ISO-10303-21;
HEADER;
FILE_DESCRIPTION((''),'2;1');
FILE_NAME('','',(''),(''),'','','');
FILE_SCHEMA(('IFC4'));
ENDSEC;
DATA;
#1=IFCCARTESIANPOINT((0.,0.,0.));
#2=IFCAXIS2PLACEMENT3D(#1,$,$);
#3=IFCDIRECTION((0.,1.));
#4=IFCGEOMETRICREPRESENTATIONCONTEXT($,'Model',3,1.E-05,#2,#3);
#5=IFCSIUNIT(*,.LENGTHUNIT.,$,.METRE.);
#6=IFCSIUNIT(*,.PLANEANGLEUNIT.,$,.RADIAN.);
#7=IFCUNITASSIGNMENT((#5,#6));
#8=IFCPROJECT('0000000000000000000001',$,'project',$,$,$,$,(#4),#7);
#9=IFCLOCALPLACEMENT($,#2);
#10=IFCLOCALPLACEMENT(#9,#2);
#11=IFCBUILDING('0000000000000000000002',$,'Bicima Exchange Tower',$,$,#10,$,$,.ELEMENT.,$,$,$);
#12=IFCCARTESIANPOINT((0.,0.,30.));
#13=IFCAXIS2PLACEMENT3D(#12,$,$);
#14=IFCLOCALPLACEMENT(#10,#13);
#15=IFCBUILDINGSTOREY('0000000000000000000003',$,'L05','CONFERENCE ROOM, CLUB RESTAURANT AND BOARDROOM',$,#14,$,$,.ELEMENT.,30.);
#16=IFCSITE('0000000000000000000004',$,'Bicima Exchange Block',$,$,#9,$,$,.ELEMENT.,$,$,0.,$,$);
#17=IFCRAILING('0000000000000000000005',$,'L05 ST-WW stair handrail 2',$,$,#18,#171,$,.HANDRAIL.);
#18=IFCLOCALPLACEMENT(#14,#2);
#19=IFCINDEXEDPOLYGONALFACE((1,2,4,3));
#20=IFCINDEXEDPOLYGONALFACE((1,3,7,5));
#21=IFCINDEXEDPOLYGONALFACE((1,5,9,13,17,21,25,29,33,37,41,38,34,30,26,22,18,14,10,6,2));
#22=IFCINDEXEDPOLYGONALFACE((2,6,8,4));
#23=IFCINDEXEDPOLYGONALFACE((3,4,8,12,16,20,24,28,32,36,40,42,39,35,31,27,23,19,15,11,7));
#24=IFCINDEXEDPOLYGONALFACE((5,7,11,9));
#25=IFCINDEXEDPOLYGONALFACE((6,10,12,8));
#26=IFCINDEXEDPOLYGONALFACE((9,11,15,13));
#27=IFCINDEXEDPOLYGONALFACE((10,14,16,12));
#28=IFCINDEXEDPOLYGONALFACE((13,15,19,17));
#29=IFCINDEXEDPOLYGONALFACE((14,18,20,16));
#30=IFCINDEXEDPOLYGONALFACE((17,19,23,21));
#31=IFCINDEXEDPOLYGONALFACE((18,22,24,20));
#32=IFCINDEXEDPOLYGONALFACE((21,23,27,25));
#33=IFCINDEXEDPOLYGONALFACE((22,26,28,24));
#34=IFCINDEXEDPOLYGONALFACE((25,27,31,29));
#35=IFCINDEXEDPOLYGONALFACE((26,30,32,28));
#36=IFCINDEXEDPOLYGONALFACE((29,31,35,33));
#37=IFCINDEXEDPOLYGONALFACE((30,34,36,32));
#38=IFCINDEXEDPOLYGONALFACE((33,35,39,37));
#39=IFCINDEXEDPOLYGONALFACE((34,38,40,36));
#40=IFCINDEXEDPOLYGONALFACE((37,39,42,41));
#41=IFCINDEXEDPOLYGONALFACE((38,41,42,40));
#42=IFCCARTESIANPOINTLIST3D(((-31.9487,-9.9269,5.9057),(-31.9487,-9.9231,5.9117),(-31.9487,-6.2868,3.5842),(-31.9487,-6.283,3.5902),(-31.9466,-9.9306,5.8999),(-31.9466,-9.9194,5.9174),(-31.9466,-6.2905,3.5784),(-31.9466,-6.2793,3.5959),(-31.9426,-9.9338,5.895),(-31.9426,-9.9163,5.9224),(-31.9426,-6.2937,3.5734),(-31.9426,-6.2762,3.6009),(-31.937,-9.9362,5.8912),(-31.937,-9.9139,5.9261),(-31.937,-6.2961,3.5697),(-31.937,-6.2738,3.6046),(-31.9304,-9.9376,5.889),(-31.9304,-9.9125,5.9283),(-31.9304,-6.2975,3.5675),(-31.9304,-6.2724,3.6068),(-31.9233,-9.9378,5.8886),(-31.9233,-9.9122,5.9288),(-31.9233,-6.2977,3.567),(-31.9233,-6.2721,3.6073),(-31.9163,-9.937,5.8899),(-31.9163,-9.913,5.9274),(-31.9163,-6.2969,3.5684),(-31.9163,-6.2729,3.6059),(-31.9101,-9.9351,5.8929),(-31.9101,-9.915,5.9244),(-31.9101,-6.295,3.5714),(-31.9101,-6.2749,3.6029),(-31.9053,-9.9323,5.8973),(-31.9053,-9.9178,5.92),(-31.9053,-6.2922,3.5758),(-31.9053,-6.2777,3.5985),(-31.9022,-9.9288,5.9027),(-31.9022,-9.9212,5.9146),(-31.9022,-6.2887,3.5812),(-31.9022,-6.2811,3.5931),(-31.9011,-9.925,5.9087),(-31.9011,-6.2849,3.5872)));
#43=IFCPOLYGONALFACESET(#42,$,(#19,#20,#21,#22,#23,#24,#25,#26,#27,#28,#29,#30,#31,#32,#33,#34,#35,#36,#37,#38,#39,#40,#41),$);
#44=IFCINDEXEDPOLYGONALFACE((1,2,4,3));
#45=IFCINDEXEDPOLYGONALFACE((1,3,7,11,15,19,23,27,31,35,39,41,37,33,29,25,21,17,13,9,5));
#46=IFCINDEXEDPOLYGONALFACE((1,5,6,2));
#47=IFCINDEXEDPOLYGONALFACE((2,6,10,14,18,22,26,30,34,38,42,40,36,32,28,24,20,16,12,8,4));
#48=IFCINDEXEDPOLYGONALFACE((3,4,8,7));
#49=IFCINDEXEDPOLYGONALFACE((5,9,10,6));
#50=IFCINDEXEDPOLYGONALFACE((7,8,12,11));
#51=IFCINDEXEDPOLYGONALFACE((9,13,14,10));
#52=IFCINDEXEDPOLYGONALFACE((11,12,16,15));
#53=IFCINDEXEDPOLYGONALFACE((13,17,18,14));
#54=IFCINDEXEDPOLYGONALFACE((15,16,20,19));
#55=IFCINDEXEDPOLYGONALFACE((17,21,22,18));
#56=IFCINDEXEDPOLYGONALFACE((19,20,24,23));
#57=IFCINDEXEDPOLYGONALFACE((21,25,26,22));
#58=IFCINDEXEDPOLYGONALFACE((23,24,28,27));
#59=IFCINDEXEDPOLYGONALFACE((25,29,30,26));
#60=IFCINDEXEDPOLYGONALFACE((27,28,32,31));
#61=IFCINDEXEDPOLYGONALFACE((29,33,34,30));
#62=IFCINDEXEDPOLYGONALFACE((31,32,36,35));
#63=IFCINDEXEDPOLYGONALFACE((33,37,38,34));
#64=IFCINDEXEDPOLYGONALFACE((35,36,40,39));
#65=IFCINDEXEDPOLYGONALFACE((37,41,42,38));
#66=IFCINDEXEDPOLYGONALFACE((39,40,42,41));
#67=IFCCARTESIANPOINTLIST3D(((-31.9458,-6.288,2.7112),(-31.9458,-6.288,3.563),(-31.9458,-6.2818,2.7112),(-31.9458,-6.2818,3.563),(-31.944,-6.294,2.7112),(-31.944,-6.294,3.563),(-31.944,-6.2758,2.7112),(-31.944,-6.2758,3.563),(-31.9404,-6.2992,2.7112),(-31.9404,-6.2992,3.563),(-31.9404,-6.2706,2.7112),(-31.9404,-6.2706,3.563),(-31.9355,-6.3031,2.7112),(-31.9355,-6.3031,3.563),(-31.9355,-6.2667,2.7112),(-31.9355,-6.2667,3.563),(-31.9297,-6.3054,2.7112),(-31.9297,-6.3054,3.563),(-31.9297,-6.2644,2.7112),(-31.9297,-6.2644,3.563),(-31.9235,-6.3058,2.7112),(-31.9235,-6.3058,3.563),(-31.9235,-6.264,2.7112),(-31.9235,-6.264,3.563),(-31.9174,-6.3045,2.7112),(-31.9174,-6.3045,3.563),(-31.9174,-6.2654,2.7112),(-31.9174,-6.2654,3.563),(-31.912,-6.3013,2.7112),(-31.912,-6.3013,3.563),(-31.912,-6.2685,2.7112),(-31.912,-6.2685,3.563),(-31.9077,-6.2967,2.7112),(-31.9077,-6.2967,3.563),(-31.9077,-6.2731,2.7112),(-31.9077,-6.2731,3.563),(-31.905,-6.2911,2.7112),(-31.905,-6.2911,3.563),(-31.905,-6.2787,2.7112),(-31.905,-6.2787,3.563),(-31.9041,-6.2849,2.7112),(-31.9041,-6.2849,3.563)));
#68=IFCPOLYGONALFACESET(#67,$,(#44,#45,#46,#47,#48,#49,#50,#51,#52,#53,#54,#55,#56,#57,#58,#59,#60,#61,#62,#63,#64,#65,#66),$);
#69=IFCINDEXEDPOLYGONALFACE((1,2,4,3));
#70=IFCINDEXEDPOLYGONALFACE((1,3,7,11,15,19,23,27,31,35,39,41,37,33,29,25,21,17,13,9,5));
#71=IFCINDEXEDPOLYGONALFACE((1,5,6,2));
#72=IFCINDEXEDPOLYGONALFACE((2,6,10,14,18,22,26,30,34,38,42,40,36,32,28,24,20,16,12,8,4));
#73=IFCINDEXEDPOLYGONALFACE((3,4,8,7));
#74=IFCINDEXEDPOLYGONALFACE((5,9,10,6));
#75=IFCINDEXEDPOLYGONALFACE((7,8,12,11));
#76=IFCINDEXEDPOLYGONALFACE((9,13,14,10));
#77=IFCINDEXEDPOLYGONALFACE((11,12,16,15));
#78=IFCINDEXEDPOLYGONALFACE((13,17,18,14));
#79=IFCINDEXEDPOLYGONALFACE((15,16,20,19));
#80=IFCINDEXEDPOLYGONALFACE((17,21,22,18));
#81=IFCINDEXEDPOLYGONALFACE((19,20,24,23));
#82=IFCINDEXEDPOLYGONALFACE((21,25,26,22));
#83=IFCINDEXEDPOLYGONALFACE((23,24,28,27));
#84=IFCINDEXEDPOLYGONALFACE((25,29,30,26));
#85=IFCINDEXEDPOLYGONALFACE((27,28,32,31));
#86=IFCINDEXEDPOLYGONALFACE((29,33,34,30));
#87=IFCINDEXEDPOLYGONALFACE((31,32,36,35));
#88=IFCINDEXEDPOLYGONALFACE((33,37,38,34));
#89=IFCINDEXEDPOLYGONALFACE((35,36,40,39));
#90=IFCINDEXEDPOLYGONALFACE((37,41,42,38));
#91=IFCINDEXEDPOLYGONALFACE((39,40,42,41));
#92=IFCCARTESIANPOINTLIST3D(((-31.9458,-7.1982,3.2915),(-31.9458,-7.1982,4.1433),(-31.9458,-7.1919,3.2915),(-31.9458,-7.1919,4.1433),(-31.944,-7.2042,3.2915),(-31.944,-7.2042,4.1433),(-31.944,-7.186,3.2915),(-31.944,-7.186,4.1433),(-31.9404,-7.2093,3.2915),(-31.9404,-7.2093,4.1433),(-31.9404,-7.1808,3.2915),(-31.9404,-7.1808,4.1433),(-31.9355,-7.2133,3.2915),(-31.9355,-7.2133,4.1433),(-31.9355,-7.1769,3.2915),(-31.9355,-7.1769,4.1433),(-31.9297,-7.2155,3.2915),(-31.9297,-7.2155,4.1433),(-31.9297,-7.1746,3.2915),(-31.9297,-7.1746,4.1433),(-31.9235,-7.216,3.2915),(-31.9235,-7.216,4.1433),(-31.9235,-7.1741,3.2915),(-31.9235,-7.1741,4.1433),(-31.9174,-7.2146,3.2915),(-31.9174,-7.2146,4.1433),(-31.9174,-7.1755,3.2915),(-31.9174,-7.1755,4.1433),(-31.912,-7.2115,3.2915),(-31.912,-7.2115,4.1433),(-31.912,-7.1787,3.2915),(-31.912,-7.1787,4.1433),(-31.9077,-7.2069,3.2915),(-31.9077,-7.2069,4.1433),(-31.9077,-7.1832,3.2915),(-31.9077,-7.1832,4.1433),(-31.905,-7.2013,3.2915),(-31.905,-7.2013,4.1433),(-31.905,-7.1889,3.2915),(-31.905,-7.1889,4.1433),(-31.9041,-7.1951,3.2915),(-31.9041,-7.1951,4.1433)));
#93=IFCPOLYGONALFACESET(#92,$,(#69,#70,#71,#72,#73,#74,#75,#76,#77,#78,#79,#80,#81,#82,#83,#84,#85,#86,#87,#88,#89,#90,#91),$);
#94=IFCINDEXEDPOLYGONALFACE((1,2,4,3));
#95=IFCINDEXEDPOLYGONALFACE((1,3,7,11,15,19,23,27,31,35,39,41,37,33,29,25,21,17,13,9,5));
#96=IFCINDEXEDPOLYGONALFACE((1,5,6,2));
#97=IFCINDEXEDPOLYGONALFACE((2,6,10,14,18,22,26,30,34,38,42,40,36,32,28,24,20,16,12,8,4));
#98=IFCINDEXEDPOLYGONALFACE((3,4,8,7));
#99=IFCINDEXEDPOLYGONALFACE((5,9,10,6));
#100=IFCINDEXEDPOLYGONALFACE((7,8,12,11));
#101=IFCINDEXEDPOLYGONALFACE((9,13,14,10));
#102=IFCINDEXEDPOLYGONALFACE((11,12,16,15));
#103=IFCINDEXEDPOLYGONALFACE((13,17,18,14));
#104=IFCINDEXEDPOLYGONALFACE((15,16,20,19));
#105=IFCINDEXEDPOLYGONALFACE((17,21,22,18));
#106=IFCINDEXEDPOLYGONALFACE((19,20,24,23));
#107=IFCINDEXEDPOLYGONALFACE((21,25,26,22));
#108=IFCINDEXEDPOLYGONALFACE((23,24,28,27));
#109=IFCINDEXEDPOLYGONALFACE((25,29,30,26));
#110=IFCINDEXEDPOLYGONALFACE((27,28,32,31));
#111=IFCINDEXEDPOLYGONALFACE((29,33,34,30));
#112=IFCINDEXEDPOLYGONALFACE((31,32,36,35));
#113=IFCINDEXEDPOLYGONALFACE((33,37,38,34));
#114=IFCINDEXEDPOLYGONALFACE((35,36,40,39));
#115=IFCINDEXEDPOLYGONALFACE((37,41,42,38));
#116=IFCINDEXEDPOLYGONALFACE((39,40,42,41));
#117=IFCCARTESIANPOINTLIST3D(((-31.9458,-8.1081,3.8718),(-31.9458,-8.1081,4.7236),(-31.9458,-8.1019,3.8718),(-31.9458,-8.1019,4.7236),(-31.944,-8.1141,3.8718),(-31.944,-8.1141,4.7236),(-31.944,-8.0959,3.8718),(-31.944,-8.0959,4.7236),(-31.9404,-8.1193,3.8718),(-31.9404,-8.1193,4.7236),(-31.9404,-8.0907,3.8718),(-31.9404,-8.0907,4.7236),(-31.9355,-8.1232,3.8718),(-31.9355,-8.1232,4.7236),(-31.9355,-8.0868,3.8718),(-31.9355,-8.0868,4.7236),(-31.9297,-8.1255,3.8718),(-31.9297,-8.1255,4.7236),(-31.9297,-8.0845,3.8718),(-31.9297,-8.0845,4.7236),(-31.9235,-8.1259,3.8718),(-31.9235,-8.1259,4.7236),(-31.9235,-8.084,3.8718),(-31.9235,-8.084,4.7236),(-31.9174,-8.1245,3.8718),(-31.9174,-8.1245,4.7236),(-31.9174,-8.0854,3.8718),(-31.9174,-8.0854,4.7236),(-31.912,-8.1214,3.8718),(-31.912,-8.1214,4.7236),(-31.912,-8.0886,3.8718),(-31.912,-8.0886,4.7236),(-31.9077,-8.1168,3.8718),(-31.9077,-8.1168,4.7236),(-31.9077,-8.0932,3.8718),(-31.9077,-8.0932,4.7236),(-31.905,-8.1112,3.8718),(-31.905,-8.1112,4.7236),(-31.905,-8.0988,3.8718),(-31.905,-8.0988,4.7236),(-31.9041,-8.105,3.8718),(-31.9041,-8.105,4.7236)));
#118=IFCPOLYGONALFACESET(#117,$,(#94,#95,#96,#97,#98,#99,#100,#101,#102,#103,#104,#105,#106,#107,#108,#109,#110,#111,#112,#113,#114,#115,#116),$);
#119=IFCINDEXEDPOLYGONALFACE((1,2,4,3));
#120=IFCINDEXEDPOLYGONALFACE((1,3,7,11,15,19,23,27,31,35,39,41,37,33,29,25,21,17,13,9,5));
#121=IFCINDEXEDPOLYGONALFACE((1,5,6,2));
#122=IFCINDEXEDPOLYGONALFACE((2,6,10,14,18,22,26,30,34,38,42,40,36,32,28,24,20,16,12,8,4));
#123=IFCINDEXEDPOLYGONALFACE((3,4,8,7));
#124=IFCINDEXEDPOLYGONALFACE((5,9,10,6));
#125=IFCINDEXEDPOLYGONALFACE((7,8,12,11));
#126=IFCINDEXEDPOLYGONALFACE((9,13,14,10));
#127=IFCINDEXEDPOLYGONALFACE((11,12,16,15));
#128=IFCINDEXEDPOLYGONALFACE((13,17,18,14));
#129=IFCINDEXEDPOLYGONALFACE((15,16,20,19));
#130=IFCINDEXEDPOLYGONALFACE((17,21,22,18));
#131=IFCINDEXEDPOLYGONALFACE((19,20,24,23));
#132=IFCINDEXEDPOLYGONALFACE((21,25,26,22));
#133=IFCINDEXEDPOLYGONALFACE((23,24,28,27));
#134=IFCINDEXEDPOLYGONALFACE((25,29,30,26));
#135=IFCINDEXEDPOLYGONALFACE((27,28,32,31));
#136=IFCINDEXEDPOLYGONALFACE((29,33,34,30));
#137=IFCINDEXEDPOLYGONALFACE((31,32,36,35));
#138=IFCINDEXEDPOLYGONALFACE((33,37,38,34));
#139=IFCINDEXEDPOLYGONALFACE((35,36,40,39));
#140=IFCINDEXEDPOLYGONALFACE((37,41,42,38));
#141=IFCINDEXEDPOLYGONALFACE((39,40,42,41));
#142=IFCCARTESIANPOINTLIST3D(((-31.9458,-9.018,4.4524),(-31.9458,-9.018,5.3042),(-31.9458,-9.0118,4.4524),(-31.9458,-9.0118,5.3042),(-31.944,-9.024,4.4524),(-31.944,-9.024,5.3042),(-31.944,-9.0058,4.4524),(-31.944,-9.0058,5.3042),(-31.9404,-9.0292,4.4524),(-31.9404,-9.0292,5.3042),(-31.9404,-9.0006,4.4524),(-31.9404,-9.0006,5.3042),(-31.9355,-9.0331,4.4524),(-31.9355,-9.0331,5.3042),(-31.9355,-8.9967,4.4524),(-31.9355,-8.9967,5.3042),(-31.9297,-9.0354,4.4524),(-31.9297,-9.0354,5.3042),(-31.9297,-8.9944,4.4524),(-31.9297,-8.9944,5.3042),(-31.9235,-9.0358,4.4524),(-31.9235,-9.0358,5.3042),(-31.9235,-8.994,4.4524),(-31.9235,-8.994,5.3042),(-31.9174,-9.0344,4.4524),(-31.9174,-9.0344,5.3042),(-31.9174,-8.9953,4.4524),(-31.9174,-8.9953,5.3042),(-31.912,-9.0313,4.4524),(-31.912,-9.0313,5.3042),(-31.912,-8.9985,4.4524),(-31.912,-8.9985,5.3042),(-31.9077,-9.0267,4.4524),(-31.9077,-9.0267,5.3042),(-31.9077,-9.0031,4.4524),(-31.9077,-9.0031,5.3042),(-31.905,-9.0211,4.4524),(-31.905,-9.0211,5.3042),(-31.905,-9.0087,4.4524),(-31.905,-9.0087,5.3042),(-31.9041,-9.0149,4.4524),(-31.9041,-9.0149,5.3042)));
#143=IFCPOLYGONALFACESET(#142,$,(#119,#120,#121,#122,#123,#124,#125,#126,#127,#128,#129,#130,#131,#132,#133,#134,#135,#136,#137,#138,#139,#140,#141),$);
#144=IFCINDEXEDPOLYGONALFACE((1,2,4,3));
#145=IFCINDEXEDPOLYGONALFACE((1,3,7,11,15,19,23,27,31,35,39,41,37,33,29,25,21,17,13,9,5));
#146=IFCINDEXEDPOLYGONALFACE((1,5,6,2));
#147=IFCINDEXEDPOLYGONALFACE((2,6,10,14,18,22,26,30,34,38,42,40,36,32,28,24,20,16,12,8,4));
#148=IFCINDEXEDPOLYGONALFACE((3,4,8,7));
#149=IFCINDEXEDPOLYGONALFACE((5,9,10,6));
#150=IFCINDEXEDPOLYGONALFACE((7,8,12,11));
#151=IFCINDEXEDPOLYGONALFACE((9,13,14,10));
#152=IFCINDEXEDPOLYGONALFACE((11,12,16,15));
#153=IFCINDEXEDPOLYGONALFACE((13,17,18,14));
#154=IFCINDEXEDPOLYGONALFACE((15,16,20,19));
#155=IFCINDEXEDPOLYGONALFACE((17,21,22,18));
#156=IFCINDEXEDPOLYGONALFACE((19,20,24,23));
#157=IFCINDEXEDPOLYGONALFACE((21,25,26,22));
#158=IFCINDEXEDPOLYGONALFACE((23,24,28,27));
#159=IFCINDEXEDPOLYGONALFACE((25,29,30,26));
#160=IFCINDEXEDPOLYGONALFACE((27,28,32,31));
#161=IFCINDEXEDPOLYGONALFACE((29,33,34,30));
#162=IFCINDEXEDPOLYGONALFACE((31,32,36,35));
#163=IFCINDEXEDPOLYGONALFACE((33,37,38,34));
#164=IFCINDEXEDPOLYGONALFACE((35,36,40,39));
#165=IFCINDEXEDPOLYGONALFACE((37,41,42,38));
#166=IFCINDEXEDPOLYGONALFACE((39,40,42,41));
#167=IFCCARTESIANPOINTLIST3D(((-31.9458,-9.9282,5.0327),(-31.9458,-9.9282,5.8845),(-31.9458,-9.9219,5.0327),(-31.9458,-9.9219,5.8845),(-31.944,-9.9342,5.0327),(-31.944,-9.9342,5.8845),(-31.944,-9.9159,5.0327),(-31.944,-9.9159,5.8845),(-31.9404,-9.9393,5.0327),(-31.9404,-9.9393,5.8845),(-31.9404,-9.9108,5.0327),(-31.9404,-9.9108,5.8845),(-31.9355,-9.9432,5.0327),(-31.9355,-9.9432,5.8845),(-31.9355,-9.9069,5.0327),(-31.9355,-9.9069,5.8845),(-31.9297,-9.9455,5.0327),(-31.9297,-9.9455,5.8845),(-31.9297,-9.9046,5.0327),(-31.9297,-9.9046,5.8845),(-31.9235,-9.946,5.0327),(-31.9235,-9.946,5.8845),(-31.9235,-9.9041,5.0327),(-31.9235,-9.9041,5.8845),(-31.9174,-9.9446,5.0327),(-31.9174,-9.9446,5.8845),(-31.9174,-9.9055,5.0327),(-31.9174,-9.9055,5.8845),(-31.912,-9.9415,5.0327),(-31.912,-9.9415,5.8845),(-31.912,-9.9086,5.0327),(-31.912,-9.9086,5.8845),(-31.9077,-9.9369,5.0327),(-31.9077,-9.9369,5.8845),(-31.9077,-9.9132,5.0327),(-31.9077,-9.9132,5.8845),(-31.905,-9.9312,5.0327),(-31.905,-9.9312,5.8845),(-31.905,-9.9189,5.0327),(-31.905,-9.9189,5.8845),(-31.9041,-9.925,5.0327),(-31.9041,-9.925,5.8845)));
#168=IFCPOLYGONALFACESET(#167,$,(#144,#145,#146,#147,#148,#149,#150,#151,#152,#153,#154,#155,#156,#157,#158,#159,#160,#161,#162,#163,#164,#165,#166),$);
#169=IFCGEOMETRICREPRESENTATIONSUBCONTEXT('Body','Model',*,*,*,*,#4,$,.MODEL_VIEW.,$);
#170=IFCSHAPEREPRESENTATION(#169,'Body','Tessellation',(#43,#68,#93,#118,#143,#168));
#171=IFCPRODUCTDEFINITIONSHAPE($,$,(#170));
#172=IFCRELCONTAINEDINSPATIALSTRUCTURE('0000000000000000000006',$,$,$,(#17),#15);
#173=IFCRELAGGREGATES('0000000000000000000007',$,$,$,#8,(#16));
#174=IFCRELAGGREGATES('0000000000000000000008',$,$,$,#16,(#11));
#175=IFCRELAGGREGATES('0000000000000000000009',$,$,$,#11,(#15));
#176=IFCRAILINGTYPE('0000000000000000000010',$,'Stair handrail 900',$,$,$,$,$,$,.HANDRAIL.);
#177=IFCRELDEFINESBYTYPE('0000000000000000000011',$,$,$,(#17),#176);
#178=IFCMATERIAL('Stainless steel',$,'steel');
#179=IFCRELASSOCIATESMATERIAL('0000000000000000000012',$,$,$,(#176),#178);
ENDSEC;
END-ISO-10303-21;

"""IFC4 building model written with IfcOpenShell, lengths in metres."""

from ifc_helpers import new_model, si_unit, direction, frame, origin, origin_2d, place, context, subcontext, project, spatial, circle, extrude, material, type_object, element, save


model = new_model("IFC4")

# Units and contexts
model_context = context("Model", 3, precision=1e-05, world=origin(), true_north=direction((0.0, 1.0)))
body_context = subcontext(model_context, "Body", "Model", "MODEL_VIEW")
ifc_project = project(units=[si_unit("LENGTHUNIT", "METRE"), si_unit("PLANEANGLEUNIT", "RADIAN")], contexts=[model_context])

# Site, building, storey
site_placement = place(None, origin())
site = spatial("IfcSite", under=ifc_project, at=site_placement, Name="Bicima Exchange Block", CompositionType="ELEMENT", RefElevation=0.0)
building_placement = place(site_placement, origin())
building = spatial("IfcBuilding", under=site, at=building_placement, Name="Bicima Exchange Tower", CompositionType="ELEMENT")
storey_placement = place(building_placement, frame((0.0, 0.0, 30.0)))
storey = spatial("IfcBuildingStorey", under=building, at=storey_placement, Name="L05", Description="CONFERENCE ROOM, CLUB RESTAURANT AND BOARDROOM", CompositionType="ELEMENT", Elevation=30.0)

# Railing
ifc_material_1 = material(Name="Stainless steel", Category="steel")
railing_type_1 = type_object("IfcRailingType", Name="Stair handrail 900", PredefinedType="HANDRAIL", material=ifc_material_1)
railing_1_placement = place(storey_placement, frame((-31.925, -6.2849, 2.7112)))
element("IfcRailing", 1, at=railing_1_placement, inside=storey, type_object=railing_type_1, Name="L05 ST-WW stair handrail 2", PredefinedType="HANDRAIL", context=body_context, shape_type="SweptSolid", body=[
    extrude(circle(Radius=0.0239, at=origin_2d()), frame((0.0, 0.0, 0.876), z_axis=(0.0, -0.843128, 0.537713), x_axis=(1.0, 0.0, 0.0)), (0.0, 0.0, 1.0), 4.3174),
    extrude(circle(Radius=0.021, at=origin_2d()), origin(), (0.0, 0.0, 1.0), 0.8518),
    extrude(circle(Radius=0.021, at=origin_2d()), frame((0.0, -0.9102, 0.5803)), (0.0, 0.0, 1.0), 0.8518),
    extrude(circle(Radius=0.021, at=origin_2d()), frame((0.0, -1.8201, 1.1606)), (0.0, 0.0, 1.0), 0.8518),
    extrude(circle(Radius=0.021, at=origin_2d()), frame((0.0, -2.73, 1.7412)), (0.0, 0.0, 1.0), 0.8518),
    extrude(circle(Radius=0.021, at=origin_2d()), frame((0.0, -3.6401, 2.3215)), (0.0, 0.0, 1.0), 0.8518),
])

save(model, "model.ifc")
